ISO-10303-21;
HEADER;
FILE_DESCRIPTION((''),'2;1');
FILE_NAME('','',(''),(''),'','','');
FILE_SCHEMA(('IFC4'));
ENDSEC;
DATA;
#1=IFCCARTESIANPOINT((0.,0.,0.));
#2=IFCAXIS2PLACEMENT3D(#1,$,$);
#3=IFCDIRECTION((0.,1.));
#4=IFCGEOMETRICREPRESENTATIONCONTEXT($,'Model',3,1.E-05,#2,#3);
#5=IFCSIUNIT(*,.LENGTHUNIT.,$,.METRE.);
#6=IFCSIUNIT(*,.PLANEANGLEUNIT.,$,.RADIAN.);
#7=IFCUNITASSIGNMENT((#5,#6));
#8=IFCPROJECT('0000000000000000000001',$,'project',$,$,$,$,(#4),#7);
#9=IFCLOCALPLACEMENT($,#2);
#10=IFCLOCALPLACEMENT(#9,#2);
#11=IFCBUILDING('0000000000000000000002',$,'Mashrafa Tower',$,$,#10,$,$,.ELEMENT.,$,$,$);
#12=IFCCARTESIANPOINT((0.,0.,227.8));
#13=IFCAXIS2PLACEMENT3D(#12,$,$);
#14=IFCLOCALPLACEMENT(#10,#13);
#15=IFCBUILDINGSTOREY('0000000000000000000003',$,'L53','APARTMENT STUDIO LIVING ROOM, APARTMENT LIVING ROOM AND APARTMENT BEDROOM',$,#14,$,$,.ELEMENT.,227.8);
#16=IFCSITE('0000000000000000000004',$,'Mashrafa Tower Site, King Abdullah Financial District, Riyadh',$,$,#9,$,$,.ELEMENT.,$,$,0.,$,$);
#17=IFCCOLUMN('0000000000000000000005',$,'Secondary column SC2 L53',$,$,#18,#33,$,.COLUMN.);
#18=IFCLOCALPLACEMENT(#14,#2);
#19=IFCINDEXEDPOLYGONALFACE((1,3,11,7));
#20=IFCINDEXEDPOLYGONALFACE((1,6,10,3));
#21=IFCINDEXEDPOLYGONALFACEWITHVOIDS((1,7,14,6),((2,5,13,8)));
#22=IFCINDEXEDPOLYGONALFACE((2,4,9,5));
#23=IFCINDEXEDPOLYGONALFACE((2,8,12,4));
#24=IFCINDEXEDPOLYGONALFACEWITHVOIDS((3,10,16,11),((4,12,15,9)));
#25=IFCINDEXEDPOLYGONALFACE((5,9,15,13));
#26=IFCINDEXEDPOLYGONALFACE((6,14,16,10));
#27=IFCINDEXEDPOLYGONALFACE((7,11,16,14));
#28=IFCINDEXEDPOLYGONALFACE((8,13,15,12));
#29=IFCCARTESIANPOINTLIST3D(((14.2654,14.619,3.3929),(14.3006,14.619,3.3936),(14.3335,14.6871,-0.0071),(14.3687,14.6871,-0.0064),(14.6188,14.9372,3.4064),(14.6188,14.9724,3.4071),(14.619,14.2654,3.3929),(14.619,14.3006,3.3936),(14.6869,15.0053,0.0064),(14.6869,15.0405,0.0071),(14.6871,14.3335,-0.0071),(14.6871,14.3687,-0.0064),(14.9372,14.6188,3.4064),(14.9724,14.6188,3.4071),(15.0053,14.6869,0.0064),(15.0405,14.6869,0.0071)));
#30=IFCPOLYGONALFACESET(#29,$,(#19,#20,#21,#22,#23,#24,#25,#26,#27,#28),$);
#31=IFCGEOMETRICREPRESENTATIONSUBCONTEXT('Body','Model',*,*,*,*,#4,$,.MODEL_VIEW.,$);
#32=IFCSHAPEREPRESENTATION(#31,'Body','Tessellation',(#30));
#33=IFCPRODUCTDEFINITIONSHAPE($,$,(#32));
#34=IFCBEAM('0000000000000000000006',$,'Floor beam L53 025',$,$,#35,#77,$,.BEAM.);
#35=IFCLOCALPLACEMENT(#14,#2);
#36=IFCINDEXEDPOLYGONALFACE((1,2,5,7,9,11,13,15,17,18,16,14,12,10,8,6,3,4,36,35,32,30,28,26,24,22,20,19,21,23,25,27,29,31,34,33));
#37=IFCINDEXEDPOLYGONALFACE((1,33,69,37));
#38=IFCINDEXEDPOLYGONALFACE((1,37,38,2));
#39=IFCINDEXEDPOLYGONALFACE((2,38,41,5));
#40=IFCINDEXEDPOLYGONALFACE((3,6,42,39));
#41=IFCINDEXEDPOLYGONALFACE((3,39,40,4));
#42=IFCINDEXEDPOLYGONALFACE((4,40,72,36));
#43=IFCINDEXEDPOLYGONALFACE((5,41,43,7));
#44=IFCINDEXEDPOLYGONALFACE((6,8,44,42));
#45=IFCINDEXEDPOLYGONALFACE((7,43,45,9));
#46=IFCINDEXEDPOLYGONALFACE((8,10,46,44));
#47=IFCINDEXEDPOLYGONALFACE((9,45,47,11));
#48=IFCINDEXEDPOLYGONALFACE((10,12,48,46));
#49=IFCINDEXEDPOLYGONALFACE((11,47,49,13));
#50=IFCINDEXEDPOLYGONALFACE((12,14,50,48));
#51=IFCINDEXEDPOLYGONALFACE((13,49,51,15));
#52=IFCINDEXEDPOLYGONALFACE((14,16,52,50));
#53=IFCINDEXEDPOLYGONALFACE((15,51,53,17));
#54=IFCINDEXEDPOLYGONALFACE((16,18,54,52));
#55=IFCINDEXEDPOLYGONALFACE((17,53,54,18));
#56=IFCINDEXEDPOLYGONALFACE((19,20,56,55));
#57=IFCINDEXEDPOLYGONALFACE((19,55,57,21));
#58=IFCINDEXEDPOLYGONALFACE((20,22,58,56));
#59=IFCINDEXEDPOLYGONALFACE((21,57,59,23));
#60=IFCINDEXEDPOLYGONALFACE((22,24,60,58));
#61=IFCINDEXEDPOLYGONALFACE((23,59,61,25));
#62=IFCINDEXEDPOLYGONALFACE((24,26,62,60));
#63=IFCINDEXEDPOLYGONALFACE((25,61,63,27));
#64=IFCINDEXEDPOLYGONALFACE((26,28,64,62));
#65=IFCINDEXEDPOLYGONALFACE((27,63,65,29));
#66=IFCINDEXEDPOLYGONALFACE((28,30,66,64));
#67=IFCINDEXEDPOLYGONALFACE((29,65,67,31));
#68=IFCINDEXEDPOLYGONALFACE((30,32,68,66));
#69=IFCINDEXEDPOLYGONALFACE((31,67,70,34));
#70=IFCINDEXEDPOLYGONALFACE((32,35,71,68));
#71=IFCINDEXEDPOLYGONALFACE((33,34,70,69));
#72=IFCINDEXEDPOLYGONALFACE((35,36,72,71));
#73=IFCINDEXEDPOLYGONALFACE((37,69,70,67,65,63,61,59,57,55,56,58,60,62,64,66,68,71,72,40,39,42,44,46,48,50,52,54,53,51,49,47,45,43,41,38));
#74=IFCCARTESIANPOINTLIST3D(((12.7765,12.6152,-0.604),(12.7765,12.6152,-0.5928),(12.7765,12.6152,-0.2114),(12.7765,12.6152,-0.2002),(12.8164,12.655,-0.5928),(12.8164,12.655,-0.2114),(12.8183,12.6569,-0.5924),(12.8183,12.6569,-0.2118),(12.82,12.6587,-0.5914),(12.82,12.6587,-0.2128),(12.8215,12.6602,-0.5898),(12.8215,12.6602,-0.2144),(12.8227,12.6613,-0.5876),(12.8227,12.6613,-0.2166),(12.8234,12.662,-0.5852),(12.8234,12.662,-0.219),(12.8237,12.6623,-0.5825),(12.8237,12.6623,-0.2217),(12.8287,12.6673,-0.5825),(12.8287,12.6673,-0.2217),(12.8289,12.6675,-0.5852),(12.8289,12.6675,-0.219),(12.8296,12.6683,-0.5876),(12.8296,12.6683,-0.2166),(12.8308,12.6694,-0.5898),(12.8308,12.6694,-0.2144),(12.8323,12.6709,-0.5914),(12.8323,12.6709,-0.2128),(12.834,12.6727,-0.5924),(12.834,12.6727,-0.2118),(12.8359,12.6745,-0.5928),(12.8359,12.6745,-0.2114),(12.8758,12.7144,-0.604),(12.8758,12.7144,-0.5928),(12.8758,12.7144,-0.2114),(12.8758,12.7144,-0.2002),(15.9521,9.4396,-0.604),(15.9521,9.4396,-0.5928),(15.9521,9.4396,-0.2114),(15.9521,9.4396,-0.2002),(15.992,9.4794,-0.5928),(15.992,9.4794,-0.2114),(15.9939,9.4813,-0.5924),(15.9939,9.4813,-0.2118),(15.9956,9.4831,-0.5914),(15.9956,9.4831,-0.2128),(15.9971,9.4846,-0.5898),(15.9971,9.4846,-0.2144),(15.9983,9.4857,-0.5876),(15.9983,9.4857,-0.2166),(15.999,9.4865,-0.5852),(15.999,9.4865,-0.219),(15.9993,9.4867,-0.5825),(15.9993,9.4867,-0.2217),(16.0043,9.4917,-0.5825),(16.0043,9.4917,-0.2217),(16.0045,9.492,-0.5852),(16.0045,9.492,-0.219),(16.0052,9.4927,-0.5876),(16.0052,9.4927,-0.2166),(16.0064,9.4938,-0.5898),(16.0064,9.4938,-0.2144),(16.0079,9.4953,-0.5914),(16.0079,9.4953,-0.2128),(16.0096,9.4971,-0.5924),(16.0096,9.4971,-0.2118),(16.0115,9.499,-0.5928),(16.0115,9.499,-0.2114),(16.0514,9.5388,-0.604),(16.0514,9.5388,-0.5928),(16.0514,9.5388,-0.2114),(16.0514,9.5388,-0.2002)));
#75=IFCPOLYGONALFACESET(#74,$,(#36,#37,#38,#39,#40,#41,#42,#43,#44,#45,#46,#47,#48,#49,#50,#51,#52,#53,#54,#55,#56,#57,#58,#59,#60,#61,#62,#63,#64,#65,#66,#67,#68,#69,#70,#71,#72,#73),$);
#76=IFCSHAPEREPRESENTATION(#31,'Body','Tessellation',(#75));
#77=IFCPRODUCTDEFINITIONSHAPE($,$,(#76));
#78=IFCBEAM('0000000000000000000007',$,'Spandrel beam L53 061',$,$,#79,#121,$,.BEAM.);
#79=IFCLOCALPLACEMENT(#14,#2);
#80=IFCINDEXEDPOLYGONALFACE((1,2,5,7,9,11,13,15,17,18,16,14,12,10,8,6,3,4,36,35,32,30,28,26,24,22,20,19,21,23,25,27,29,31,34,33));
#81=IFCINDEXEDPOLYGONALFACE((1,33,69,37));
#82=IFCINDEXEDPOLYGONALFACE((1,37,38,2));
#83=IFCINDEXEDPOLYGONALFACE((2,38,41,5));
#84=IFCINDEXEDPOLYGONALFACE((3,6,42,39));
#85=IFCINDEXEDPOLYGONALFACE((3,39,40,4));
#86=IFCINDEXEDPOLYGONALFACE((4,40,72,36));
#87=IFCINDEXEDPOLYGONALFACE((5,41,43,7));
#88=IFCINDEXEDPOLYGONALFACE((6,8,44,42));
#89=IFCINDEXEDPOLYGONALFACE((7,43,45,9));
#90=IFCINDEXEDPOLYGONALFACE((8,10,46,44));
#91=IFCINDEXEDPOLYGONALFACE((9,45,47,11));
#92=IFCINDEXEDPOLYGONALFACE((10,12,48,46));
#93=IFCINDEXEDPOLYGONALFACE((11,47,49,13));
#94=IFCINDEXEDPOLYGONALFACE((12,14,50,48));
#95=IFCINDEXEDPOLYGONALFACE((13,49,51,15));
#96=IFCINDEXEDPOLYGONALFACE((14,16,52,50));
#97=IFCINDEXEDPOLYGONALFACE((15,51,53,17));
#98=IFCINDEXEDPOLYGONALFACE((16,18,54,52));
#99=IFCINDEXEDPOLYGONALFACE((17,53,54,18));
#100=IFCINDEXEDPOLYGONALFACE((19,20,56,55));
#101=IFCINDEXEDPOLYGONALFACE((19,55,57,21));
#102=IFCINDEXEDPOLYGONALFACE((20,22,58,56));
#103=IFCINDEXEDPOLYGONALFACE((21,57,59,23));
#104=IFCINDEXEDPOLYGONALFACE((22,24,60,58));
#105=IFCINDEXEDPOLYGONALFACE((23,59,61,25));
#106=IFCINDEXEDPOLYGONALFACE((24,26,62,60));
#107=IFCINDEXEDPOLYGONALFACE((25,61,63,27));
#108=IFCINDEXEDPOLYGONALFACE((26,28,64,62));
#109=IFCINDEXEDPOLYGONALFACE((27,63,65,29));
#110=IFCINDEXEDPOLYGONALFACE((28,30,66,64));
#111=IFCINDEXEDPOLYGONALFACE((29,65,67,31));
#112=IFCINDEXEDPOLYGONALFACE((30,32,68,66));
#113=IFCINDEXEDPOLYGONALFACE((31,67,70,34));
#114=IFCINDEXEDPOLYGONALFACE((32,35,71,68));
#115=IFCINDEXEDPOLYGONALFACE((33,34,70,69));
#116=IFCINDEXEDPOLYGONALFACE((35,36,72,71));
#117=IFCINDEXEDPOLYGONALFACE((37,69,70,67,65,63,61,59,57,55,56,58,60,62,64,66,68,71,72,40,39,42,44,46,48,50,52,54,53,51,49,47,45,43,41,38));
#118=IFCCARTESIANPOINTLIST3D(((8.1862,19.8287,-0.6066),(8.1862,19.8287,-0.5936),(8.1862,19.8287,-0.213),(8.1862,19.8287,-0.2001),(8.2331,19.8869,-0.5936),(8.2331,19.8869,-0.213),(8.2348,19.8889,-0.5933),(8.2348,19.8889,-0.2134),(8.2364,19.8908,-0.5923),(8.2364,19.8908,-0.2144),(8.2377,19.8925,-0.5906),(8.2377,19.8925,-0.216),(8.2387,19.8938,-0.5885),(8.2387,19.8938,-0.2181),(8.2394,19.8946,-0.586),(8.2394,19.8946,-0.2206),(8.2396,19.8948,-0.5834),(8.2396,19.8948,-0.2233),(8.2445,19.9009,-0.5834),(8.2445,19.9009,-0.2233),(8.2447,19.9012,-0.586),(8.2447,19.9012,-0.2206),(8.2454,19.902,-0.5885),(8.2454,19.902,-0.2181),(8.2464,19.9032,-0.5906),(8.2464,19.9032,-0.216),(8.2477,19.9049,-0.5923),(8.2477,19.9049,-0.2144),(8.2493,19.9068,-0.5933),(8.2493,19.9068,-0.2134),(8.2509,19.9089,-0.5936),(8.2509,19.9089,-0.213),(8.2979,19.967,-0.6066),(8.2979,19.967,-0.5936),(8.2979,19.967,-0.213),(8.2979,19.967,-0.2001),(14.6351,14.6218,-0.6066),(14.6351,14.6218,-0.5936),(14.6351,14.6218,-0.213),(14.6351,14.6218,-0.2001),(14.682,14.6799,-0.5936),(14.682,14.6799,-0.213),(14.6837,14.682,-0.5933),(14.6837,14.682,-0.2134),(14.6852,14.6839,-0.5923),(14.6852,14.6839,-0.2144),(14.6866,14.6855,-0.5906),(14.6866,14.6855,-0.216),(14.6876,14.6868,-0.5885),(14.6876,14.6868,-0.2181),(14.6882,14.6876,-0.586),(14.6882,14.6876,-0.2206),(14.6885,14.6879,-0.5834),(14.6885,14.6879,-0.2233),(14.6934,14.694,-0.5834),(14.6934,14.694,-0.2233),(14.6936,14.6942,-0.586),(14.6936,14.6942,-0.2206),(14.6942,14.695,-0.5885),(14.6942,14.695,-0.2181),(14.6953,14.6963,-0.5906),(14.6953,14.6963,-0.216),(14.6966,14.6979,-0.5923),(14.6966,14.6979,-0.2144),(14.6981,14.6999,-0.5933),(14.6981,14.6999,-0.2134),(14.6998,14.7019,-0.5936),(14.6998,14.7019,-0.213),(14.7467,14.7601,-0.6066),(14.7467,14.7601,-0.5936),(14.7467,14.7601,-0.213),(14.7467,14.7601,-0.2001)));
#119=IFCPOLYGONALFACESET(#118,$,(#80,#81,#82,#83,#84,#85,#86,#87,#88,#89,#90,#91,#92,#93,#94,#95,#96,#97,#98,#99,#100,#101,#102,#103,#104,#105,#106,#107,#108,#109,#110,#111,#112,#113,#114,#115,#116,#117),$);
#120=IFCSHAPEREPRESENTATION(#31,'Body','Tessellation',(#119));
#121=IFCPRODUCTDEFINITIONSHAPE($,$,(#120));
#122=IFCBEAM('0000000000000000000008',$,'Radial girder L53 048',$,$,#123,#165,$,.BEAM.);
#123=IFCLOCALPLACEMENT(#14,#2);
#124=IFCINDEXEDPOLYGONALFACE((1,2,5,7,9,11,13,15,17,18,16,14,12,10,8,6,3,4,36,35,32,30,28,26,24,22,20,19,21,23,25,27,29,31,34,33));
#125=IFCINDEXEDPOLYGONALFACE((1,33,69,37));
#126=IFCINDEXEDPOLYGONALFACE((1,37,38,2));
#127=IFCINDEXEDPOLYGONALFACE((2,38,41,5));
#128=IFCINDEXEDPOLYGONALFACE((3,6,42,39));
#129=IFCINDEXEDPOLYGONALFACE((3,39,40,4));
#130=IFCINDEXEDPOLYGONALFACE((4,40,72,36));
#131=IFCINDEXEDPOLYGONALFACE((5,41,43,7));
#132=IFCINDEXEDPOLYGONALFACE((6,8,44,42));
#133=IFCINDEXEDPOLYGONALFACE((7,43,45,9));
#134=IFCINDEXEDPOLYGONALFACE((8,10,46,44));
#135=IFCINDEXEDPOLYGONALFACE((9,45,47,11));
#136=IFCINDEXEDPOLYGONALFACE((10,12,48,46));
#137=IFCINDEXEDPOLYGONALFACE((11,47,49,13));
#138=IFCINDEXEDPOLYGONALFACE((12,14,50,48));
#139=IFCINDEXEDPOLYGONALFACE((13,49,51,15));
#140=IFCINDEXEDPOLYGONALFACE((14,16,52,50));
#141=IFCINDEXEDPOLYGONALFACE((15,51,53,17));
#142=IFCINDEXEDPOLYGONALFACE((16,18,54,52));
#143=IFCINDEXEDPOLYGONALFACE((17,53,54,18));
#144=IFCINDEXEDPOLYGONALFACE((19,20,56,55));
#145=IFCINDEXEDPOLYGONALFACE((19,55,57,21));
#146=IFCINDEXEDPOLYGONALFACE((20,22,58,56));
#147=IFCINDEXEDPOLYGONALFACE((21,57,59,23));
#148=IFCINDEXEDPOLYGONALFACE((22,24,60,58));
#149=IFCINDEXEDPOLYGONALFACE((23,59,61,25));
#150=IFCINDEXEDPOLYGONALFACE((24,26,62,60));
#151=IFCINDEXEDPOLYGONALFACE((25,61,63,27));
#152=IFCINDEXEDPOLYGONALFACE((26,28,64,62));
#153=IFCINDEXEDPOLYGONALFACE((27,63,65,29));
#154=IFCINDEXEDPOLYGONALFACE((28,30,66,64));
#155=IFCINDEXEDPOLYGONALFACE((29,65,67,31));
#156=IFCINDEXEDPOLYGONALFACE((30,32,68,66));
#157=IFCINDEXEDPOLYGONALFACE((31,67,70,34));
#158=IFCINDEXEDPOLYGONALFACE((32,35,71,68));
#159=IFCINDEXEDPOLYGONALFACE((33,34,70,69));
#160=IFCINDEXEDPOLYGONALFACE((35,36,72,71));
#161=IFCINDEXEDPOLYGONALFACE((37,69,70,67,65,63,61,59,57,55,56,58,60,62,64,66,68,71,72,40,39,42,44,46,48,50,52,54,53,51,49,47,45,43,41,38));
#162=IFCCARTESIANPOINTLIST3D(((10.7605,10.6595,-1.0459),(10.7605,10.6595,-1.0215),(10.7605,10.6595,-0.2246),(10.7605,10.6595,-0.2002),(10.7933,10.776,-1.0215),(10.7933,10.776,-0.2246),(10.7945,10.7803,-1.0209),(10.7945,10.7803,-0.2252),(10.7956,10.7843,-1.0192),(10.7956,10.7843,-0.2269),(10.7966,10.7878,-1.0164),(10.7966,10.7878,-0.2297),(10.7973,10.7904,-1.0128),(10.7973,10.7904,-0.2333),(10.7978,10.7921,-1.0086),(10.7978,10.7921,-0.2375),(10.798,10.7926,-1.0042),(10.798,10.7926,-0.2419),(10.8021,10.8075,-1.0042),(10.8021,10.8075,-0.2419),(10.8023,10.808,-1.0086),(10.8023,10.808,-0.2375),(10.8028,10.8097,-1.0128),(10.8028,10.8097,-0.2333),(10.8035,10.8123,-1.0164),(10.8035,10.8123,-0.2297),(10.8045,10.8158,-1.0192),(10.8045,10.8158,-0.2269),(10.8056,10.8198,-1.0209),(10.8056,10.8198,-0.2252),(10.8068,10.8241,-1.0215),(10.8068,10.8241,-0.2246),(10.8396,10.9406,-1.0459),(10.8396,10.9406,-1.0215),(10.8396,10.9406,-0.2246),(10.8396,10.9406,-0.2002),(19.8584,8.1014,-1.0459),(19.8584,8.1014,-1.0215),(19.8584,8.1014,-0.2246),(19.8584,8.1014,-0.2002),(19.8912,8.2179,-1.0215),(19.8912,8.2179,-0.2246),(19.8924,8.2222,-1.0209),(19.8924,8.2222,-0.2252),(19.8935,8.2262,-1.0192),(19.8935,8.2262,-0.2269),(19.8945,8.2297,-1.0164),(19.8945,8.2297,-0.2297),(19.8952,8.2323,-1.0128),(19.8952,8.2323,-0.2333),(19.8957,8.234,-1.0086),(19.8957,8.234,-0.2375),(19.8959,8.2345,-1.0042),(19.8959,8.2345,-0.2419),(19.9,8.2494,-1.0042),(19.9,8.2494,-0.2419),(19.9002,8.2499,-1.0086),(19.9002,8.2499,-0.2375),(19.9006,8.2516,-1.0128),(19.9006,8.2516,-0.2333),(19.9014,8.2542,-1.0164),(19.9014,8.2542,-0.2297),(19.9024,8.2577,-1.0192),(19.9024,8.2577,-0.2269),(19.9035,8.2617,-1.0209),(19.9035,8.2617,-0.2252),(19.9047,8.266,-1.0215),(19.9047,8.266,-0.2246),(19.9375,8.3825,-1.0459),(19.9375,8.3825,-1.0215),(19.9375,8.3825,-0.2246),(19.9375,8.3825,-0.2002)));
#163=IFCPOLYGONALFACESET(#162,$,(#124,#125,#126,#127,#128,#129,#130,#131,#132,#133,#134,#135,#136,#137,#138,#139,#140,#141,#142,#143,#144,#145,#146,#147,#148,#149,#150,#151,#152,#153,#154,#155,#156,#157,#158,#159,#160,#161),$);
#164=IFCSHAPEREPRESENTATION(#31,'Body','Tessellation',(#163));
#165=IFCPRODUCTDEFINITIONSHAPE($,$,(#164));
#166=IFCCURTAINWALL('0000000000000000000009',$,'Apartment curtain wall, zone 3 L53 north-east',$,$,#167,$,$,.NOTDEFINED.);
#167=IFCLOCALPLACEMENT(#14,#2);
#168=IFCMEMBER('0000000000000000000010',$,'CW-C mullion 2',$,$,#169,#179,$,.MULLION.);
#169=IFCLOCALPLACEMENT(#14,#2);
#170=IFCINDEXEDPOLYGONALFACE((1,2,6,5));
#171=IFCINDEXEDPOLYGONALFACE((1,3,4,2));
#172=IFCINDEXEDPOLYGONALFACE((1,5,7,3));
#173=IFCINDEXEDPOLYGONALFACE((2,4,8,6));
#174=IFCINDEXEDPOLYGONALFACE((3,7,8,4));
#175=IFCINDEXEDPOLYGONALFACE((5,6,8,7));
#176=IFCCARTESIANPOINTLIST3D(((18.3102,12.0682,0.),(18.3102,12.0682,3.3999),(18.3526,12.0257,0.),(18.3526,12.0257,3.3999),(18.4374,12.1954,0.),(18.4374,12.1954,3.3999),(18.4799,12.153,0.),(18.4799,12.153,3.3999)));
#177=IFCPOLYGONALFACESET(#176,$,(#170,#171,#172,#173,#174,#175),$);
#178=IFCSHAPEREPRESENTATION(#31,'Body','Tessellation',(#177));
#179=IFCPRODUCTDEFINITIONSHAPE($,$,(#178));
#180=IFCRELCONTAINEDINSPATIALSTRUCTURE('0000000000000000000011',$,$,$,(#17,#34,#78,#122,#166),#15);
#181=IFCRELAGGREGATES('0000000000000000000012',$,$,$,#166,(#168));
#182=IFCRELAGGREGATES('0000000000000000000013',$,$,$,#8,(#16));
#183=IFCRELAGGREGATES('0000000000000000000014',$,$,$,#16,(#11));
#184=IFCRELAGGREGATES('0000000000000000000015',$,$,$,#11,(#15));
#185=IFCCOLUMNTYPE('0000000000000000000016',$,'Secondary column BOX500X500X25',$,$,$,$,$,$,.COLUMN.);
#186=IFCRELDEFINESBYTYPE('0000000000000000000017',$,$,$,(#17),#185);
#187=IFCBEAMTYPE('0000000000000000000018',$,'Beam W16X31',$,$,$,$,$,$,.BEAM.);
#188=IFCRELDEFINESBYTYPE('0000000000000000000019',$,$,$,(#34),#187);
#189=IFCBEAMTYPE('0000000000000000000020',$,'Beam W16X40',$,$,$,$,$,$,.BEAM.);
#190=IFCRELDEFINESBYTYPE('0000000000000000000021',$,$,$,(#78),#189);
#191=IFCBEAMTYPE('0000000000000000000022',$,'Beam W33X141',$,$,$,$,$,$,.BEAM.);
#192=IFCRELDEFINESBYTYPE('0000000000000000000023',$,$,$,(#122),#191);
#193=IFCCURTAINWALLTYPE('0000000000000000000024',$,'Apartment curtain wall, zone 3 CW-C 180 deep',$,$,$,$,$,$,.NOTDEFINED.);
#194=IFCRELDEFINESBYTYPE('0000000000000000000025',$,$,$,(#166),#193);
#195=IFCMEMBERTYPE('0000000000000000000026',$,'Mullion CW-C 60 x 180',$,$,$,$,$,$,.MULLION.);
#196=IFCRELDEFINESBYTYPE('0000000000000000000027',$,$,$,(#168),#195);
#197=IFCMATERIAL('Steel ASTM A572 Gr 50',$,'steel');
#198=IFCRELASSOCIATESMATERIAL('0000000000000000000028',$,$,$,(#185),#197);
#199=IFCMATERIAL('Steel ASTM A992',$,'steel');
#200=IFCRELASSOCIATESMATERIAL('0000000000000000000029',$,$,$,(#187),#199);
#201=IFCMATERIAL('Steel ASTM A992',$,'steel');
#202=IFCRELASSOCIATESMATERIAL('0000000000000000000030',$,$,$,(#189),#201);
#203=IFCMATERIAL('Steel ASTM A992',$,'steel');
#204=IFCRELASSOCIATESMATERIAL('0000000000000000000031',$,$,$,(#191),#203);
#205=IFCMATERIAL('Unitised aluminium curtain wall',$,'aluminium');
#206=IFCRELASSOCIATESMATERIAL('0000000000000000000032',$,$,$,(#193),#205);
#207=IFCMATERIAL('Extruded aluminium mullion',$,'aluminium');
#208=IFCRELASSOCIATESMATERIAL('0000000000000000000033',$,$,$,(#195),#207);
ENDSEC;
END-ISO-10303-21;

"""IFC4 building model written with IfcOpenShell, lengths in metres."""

from ifc_helpers import new_model, si_unit, direction, frame, origin, origin_2d, place, context, subcontext, project, spatial, rectangle, hollow_rectangle, i_section, extrude, source, transform, mapped, material, material_profile, profile_set, type_object, type_shapes, element, aggregate, save


model = new_model("IFC4")

# Units and contexts
model_context = context("Model", 3, precision=1e-05, world=origin(), true_north=direction((0.0, 1.0)))
body_context = subcontext(model_context, "Body", "Model", "MODEL_VIEW")
ifc_project = project(units=[si_unit("LENGTHUNIT", "METRE"), si_unit("PLANEANGLEUNIT", "RADIAN")], contexts=[model_context])

# Site, building, storey
site_placement = place(None, origin())
site = spatial("IfcSite", under=ifc_project, at=site_placement, Name="Mashrafa Tower Site, King Abdullah Financial District, Riyadh", CompositionType="ELEMENT", RefElevation=0.0)
building_placement = place(site_placement, origin())
building = spatial("IfcBuilding", under=site, at=building_placement, Name="Mashrafa Tower", CompositionType="ELEMENT")
storey_placement = place(building_placement, frame((0.0, 0.0, 227.8)))
storey = spatial("IfcBuildingStorey", under=building, at=storey_placement, Name="L53", Description="APARTMENT STUDIO LIVING ROOM, APARTMENT LIVING ROOM AND APARTMENT BEDROOM", CompositionType="ELEMENT", Elevation=227.8)

# Column
ifc_material_1 = material(Name="Steel ASTM A572 Gr 50", Category="steel")
ifc_material_profile_1 = material_profile(ifc_material_1, hollow_rectangle(XDim=0.5, YDim=0.5, WallThickness=0.0249, at=origin_2d()), Name="BOX500X500X25")
ifc_profile_set_1 = profile_set([ifc_material_profile_1], Name="Steel ASTM A572 Gr 50")
column_type = type_object("IfcColumnType", Name="Secondary column BOX500X500X25", PredefinedType="COLUMN", material=ifc_profile_set_1)
column_placement = place(storey_placement, frame((14.687, 14.687, 0.0), z_axis=(-0.020026, -0.020026, 0.999599), x_axis=(0.707107, -0.707107, 0.0)))
element("IfcColumn", 1, at=column_placement, inside=storey, type_object=column_type, Name="Secondary column SC2 L53", PredefinedType="COLUMN", context=body_context, shape_type="SweptSolid", body=[
    extrude(hollow_rectangle(XDim=0.5, YDim=0.5, WallThickness=0.0249, at=origin_2d()), origin(), (0.0, 0.0, 1.0), 3.4014),
])

# Beams
ifc_material_2 = material(Name="Steel ASTM A992", Category="steel")
ifc_material_profile_2 = material_profile(ifc_material_2, i_section(OverallWidth=0.1404, OverallDepth=0.4038, WebThickness=0.0071, FlangeThickness=0.0112, FilletRadius=0.0103, at=origin_2d()), Name="W16X31")
ifc_profile_set_2 = profile_set([ifc_material_profile_2], Name="Steel ASTM A992")
beam_type_1 = type_object("IfcBeamType", Name="Beam W16X31", PredefinedType="BEAM", material=ifc_profile_set_2)
beam_1_placement = place(storey_placement, frame((12.8262, 12.6648, -0.4021), z_axis=(0.707107, -0.707107, 0.0), x_axis=(0.707107, 0.707107, 0.0)))
element("IfcBeam", 2, at=beam_1_placement, inside=storey, type_object=beam_type_1, Name="Floor beam L53 025", PredefinedType="BEAM", context=body_context, shape_type="SweptSolid", body=[
    extrude(i_section(OverallWidth=0.1404, OverallDepth=0.4038, WebThickness=0.0071, FlangeThickness=0.0112, FilletRadius=0.0103, at=origin_2d()), origin(), (0.0, 0.0, 1.0), 4.491),
])
ifc_material_3 = material(Name="Steel ASTM A992", Category="steel")
ifc_material_profile_3 = material_profile(ifc_material_3, i_section(OverallWidth=0.1777, OverallDepth=0.4065, WebThickness=0.0078, FlangeThickness=0.0129, FilletRadius=0.0103, at=origin_2d()), Name="W16X40")
ifc_profile_set_3 = profile_set([ifc_material_profile_3], Name="Steel ASTM A992")
beam_type_2 = type_object("IfcBeamType", Name="Beam W16X40", PredefinedType="BEAM", material=ifc_profile_set_3)
beam_2_placement = place(storey_placement, frame((14.6909, 14.6909, -0.4033), z_axis=(-0.778045, 0.628209, 0.0), x_axis=(-0.628209, -0.778045, 0.0)))
element("IfcBeam", 3, at=beam_2_placement, inside=storey, type_object=beam_type_2, Name="Spandrel beam L53 061", PredefinedType="BEAM", context=body_context, shape_type="SweptSolid", body=[
    extrude(i_section(OverallWidth=0.1777, OverallDepth=0.4065, WebThickness=0.0078, FlangeThickness=0.0129, FilletRadius=0.0103, at=origin_2d()), origin(), (0.0, 0.0, 1.0), 8.2886),
])
ifc_material_4 = material(Name="Steel ASTM A992", Category="steel")
ifc_material_profile_4 = material_profile(ifc_material_4, i_section(OverallWidth=0.292, OverallDepth=0.8457, WebThickness=0.0154, FlangeThickness=0.0244, FilletRadius=0.0173, at=origin_2d()), Name="W33X141")
ifc_profile_set_4 = profile_set([ifc_material_profile_4], Name="Steel ASTM A992")
beam_type_3 = type_object("IfcBeamType", Name="Beam W33X141", PredefinedType="BEAM", material=ifc_profile_set_4)
beam_3_placement = place(storey_placement, frame((10.8, 10.8, -0.623), z_axis=(0.96267, -0.270679, 0.0), x_axis=(0.270679, 0.96267, 0.0)))
element("IfcBeam", 4, at=beam_3_placement, inside=storey, type_object=beam_type_3, Name="Radial girder L53 048", PredefinedType="BEAM", context=body_context, shape_type="SweptSolid", body=[
    extrude(i_section(OverallWidth=0.292, OverallDepth=0.8457, WebThickness=0.0154, FlangeThickness=0.0244, FilletRadius=0.0173, at=origin_2d()), origin(), (0.0, 0.0, 1.0), 9.4507),
])

# Curtain wall, member
ifc_material_5 = material(Name="Unitised aluminium curtain wall", Category="aluminium")
curtain_wall_type = type_object("IfcCurtainWallType", Name="Apartment curtain wall, zone 3 CW-C 180 deep", PredefinedType="NOTDEFINED", material=ifc_material_5)
curtain_wall_placement = place(storey_placement, origin())
curtain_wall = element("IfcCurtainWall", 5, at=curtain_wall_placement, inside=storey, type_object=curtain_wall_type, Name="Apartment curtain wall, zone 3 L53 north-east", PredefinedType="NOTDEFINED")
ifc_material_6 = material(Name="Extruded aluminium mullion", Category="aluminium")
ifc_material_profile_5 = material_profile(ifc_material_6, rectangle(XDim=0.1799, YDim=0.0601, at=origin_2d()), Name="Mullion 60x180")
ifc_profile_set_5 = profile_set([ifc_material_profile_5], Name="Extruded aluminium mullion")
member_type_1 = type_object("IfcMemberType", Name="Mullion CW-C 60 x 180", PredefinedType="MULLION", material=ifc_profile_set_5)
shared_shape_1 = source(origin(), body_context, "Body", "SweptSolid", [
    extrude(rectangle(XDim=0.1799, YDim=0.0601, at=origin_2d()), origin(), (0.0, 0.0, 1.0), 3.3999),
])
type_shapes(member_type_1, [shared_shape_1])
member_1_placement = place(storey_placement, frame((18.395, 12.1106, 0.0), z_axis=(0.0, 0.0, 1.0), x_axis=(-0.707107, -0.707107, 0.0)))
member_1 = element("IfcMember", 6, at=member_1_placement, type_object=member_type_1, Name="CW-C mullion 2", PredefinedType="MULLION", context=body_context, shape_type="MappedRepresentation", body=[
    mapped(shared_shape_1, transform((0.0, 0.0, 0.0))),
])
aggregate(curtain_wall, [member_1])

save(model, "model.ifc")
